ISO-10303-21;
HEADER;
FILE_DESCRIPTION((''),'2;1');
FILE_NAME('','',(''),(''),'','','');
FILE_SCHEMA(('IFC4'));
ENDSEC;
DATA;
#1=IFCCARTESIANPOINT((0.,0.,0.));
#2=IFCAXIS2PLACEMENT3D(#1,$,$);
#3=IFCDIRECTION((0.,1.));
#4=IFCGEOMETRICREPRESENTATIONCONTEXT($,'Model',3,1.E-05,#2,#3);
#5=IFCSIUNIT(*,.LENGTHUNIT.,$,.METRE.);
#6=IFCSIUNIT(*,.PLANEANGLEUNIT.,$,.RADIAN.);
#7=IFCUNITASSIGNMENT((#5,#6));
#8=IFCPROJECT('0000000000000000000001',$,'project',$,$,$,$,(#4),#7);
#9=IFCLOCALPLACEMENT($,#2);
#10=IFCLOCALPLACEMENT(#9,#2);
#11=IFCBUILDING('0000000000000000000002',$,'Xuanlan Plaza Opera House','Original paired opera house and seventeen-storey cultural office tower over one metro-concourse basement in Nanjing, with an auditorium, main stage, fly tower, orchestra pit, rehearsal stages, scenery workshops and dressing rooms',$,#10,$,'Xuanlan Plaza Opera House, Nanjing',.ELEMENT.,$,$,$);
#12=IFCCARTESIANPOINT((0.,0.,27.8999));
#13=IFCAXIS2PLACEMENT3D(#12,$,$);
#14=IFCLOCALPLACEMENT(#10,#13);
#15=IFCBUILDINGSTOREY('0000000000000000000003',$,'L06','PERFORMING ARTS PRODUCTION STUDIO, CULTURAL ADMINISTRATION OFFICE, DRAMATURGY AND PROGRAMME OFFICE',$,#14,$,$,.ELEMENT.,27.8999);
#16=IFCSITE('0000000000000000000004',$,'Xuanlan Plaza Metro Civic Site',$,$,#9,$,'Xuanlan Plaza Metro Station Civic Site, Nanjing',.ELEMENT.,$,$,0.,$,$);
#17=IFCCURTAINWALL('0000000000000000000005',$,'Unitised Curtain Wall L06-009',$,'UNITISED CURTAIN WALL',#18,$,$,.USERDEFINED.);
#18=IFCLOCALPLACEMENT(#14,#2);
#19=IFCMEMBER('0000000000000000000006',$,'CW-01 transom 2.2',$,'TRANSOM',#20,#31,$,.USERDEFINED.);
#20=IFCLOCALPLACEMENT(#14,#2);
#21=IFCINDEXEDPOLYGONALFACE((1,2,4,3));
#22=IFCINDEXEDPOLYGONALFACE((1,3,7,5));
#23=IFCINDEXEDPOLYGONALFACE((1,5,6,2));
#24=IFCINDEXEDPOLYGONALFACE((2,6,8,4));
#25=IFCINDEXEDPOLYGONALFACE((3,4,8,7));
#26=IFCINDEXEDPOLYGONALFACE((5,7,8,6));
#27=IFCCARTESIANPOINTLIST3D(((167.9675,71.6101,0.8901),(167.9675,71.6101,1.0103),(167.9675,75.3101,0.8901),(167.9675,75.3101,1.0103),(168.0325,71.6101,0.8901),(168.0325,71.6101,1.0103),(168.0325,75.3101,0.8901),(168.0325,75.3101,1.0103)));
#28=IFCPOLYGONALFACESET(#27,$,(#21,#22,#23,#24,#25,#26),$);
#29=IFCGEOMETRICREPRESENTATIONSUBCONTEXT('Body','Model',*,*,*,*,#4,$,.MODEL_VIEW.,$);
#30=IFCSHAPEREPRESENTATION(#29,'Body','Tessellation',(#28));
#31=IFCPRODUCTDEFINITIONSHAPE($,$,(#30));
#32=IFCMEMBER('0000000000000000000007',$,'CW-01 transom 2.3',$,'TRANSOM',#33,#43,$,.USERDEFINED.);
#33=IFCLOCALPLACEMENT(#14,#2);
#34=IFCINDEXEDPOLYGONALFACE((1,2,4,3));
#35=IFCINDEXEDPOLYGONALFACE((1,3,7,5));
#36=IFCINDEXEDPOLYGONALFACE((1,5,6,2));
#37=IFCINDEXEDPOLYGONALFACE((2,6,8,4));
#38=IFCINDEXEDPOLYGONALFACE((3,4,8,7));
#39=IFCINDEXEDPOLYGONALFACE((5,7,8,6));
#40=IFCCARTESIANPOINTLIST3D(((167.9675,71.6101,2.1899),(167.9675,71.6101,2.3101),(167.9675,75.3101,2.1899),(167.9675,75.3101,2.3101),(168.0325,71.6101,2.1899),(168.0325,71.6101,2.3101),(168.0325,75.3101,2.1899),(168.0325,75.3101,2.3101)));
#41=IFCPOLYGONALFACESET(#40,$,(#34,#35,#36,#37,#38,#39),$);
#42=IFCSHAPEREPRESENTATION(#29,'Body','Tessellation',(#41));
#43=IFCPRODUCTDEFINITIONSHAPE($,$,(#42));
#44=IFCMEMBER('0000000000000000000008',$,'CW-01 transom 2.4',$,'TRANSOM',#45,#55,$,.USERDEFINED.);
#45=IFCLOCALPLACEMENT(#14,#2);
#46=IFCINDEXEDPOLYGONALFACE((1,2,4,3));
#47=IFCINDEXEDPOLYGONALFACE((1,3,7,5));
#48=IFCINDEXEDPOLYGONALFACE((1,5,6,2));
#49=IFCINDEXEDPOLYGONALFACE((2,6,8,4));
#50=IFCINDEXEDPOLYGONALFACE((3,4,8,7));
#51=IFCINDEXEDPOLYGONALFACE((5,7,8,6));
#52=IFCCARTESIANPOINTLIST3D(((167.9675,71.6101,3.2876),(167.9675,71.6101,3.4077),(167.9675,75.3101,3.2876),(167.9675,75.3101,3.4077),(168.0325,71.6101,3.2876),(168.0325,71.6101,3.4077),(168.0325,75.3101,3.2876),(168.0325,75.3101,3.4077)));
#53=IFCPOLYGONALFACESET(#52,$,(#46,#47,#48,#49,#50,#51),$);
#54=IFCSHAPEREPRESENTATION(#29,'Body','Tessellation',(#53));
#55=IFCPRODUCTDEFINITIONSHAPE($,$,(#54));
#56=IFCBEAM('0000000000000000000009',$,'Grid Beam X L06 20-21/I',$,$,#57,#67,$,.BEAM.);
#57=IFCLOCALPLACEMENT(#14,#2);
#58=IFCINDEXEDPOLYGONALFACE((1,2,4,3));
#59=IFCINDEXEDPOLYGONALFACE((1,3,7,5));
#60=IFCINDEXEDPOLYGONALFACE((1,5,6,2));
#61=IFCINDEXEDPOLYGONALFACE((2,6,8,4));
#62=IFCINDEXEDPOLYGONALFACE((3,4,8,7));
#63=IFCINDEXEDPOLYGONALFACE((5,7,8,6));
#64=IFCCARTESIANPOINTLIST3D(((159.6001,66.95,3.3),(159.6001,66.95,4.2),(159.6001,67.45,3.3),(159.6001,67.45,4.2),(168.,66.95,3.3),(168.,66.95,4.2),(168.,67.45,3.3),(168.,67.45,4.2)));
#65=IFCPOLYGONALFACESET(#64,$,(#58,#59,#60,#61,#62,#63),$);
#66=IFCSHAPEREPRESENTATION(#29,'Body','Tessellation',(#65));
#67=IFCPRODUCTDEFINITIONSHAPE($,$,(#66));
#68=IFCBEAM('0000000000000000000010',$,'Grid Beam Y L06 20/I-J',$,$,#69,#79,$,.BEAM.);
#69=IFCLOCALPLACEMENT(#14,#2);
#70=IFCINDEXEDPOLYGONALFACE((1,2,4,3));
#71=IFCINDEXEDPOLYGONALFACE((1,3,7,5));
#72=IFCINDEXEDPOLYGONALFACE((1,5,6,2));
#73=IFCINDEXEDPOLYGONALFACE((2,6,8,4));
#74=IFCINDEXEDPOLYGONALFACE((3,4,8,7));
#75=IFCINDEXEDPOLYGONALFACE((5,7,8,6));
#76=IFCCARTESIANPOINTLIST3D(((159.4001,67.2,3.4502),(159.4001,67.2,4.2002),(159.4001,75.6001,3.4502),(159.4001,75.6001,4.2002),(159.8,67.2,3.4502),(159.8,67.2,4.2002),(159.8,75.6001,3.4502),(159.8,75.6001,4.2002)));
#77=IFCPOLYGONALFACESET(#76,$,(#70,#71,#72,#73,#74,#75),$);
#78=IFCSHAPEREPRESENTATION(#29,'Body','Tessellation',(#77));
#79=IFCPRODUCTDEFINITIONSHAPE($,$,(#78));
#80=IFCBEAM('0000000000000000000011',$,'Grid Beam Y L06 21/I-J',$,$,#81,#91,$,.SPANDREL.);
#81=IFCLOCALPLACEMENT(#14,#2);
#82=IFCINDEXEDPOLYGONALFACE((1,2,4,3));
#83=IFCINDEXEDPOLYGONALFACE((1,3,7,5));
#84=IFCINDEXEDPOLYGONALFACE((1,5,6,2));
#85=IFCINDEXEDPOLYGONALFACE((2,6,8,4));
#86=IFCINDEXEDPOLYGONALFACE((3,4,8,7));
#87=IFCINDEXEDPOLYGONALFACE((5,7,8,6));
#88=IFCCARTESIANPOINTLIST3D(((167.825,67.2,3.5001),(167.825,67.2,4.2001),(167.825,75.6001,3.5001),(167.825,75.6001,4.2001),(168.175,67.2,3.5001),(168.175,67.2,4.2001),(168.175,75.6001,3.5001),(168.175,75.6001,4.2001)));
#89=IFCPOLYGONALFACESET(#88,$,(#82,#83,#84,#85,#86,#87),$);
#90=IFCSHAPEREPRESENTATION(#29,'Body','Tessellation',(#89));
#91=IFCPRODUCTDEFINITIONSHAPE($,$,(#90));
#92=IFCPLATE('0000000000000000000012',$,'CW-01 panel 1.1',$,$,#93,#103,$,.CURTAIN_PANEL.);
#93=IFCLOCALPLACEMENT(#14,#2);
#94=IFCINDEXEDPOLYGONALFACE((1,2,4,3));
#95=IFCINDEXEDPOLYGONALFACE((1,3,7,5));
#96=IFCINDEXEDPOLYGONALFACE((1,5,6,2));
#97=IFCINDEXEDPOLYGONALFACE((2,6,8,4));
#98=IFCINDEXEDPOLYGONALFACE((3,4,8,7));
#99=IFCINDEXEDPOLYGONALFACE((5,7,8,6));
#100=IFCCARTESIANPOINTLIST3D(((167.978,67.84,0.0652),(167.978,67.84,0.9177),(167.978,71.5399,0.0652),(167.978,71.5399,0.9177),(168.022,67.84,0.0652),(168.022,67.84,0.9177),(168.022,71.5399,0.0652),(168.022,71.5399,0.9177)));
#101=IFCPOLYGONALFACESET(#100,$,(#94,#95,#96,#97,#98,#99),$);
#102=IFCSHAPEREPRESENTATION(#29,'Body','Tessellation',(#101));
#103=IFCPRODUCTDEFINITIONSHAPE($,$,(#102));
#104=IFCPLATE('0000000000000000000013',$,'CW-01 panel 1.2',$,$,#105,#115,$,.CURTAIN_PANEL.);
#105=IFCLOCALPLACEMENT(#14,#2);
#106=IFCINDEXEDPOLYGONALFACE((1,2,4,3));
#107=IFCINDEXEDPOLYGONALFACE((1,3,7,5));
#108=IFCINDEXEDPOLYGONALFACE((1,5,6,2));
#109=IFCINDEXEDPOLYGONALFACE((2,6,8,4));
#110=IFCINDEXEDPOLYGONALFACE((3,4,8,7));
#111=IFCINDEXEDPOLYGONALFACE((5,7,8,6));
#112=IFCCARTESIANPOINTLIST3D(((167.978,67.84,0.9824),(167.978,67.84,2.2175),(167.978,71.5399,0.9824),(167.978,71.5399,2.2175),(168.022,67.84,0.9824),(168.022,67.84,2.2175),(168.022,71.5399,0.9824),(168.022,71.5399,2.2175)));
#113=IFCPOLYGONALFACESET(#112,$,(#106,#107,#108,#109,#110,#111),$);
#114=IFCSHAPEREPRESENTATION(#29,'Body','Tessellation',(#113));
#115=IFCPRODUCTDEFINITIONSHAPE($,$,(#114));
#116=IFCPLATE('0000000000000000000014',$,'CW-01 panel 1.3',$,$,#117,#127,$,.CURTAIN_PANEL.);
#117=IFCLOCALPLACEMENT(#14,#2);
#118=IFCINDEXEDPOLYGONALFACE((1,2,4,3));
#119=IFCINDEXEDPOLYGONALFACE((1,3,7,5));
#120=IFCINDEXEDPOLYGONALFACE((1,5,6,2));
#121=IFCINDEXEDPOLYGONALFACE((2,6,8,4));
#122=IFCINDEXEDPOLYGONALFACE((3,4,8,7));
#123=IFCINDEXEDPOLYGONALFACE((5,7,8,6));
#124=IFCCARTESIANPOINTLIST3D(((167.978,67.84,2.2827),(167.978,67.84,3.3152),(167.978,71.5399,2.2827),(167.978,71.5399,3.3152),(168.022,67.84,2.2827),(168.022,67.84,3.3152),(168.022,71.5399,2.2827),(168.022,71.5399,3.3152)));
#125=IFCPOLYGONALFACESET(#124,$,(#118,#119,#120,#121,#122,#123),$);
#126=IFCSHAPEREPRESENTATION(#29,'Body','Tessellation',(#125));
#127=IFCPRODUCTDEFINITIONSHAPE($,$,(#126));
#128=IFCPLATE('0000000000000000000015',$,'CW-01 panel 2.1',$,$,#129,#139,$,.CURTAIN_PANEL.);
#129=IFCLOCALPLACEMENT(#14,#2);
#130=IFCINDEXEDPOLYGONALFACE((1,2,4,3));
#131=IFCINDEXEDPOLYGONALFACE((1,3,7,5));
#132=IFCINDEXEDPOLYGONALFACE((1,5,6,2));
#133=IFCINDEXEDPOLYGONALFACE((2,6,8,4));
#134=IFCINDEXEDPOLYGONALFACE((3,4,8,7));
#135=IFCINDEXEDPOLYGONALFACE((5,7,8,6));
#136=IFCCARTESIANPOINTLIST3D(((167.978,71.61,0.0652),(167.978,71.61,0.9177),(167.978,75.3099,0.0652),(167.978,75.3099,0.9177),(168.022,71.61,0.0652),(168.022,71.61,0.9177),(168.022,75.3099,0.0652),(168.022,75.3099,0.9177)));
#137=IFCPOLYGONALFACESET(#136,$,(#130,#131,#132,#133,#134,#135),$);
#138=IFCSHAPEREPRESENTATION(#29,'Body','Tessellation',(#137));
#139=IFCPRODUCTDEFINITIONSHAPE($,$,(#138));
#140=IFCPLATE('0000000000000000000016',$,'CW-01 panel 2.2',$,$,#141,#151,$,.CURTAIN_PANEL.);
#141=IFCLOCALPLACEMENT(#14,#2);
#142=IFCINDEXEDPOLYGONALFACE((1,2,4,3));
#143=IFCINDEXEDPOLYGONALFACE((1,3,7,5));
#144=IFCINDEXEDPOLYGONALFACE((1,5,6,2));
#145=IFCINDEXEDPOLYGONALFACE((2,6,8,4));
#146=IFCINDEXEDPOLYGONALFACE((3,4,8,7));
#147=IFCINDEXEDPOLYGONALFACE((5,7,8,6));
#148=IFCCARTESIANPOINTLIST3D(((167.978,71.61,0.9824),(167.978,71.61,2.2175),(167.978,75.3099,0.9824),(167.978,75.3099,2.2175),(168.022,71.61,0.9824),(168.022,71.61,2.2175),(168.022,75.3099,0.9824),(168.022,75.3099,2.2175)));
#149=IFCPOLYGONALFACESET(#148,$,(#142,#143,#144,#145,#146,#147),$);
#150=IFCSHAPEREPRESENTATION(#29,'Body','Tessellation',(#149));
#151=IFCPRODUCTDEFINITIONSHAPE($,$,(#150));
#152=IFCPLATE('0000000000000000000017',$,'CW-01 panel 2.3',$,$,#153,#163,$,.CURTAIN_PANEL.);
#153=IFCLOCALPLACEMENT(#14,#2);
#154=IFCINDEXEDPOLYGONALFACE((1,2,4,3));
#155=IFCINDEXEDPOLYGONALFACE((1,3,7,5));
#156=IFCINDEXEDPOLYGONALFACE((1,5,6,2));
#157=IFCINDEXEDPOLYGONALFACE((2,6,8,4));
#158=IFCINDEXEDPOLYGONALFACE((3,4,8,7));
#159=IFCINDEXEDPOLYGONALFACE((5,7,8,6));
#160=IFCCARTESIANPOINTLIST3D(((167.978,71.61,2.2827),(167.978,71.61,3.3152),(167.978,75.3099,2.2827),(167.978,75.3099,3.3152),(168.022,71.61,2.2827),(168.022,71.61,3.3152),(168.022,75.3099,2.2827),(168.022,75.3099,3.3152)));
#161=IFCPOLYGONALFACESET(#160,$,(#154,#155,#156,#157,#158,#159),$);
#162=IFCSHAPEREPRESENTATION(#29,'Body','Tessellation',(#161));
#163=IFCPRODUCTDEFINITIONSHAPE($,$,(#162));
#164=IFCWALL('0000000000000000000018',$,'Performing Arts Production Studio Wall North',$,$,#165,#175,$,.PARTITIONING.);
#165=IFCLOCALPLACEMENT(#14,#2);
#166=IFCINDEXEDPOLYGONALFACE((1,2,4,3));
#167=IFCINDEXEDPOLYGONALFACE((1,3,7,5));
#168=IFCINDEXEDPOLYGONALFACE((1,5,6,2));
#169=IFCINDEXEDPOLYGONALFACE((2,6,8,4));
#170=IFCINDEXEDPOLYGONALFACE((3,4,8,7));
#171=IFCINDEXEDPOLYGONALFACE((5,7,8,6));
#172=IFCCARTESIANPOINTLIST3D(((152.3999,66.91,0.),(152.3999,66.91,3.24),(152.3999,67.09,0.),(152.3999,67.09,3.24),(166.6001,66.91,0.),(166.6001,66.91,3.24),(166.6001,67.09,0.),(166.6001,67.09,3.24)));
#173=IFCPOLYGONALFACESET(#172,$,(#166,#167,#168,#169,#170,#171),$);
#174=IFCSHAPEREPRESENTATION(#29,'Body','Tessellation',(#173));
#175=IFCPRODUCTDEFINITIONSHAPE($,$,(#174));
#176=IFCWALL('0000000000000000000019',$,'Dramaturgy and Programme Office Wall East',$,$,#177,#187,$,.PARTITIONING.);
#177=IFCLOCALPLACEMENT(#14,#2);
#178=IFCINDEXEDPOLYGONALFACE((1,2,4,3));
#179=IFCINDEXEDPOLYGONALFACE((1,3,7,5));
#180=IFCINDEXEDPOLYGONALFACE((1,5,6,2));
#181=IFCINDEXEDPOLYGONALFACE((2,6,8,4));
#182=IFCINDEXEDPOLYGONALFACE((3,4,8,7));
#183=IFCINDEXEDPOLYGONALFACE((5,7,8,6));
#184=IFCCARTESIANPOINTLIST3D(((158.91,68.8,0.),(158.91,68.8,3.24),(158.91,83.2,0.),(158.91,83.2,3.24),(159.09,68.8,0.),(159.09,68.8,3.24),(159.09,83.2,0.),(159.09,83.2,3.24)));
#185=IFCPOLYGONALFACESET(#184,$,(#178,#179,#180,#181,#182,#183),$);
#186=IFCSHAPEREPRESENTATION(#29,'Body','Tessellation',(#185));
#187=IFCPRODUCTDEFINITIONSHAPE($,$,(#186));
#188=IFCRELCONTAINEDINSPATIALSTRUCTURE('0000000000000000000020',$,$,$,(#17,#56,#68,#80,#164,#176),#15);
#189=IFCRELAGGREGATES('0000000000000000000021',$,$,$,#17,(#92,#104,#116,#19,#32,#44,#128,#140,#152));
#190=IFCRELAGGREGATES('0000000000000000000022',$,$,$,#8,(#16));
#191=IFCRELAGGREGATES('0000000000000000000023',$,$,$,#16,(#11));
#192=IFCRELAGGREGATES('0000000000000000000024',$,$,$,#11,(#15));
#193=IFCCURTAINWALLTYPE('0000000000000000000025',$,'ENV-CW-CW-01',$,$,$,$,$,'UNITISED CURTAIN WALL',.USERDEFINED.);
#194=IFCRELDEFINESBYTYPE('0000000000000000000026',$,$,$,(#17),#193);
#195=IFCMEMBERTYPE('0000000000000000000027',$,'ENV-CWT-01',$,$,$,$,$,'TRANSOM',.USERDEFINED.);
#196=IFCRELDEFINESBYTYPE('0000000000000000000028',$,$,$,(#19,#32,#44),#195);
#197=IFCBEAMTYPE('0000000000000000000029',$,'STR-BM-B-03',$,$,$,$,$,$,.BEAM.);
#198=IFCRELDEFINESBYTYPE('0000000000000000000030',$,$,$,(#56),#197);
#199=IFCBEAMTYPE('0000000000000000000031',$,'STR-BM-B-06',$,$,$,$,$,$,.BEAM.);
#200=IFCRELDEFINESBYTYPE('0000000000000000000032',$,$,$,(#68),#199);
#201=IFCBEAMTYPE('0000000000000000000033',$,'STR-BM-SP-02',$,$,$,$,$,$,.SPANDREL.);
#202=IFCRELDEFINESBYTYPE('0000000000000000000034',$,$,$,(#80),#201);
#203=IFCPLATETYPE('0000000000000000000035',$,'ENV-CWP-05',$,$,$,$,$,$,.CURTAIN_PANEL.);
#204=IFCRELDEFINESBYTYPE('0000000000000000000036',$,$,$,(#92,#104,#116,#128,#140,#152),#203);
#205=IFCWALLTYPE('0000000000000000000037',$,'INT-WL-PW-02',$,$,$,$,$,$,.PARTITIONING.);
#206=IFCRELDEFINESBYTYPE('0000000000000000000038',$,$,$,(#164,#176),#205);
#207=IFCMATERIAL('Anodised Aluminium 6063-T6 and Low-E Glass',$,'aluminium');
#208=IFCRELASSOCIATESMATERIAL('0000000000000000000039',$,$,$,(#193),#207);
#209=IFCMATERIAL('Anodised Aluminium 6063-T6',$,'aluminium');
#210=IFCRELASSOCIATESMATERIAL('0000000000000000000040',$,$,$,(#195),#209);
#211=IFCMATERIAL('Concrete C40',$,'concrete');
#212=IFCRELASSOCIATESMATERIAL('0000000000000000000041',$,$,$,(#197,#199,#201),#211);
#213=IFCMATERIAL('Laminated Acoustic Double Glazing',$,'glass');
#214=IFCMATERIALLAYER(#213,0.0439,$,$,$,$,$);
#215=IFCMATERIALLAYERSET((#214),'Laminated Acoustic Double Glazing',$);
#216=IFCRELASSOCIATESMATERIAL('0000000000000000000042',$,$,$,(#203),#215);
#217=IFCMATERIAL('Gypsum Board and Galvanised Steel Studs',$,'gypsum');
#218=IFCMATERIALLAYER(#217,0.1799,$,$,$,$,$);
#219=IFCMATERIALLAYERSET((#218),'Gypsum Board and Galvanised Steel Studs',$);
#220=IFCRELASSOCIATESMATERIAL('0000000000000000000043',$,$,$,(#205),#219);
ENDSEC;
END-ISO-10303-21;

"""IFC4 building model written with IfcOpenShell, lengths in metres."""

from ifc_helpers import new_model, si_unit, direction, frame, frame_2d, origin, origin_2d, place, context, subcontext, project, spatial, rectangle, extrude, material, layer, layer_set, material_profile, profile_set, type_object, element, aggregate, save


model = new_model("IFC4")

# Units and contexts
model_context = context("Model", 3, precision=1e-05, world=origin(), true_north=direction((0.0, 1.0)))
body_context = subcontext(model_context, "Body", "Model", "MODEL_VIEW")
ifc_project = project(units=[si_unit("LENGTHUNIT", "METRE"), si_unit("PLANEANGLEUNIT", "RADIAN")], contexts=[model_context])

# Site, building, storey
site_placement = place(None, origin())
site = spatial("IfcSite", under=ifc_project, at=site_placement, Name="Xuanlan Plaza Metro Civic Site", LongName="Xuanlan Plaza Metro Station Civic Site, Nanjing", CompositionType="ELEMENT", RefElevation=0.0)
building_placement = place(site_placement, origin())
building = spatial("IfcBuilding", under=site, at=building_placement, Name="Xuanlan Plaza Opera House", Description="Original paired opera house and seventeen-storey cultural office tower over one metro-concourse basement in Nanjing, with an auditorium, main stage, fly tower, orchestra pit, rehearsal stages, scenery workshops and dressing rooms", LongName="Xuanlan Plaza Opera House, Nanjing", CompositionType="ELEMENT")
storey_placement = place(building_placement, frame((0.0, 0.0, 27.8999)))
storey = spatial("IfcBuildingStorey", under=building, at=storey_placement, Name="L06", Description="PERFORMING ARTS PRODUCTION STUDIO, CULTURAL ADMINISTRATION OFFICE, DRAMATURGY AND PROGRAMME OFFICE", CompositionType="ELEMENT", Elevation=27.8999)

# Shared definitions
ifc_material_1 = material(Name="Anodised Aluminium 6063-T6 and Low-E Glass", Category="aluminium")
ifc_material_2 = material(Name="Anodised Aluminium 6063-T6", Category="aluminium")

# Curtain wall, members
curtain_wall_type_1 = type_object("IfcCurtainWallType", Name="ENV-CW-CW-01", ElementType="UNITISED CURTAIN WALL", PredefinedType="USERDEFINED", material=ifc_material_1)
curtain_wall_1_placement = place(storey_placement, origin())
curtain_wall_1 = element("IfcCurtainWall", 1, at=curtain_wall_1_placement, inside=storey, type_object=curtain_wall_type_1, Name="Unitised Curtain Wall L06-009", ObjectType="UNITISED CURTAIN WALL", PredefinedType="USERDEFINED")
ifc_material_profile_1 = material_profile(ifc_material_2, rectangle(XDim=0.0649, YDim=0.1201, at=origin_2d()), Name="ALU-T 65x120")
ifc_profile_set_1 = profile_set([ifc_material_profile_1], Name="Anodised Aluminium 6063-T6")
member_type_1 = type_object("IfcMemberType", Name="ENV-CWT-01", ElementType="TRANSOM", PredefinedType="USERDEFINED", material=ifc_profile_set_1)
member_1_placement = place(storey_placement, frame((168.0, 71.6101, 0.9502), z_axis=(0.0, 1.0, 0.0), x_axis=(-1.0, 0.0, 0.0)))
member_1 = element("IfcMember", 2, at=member_1_placement, type_object=member_type_1, Name="CW-01 transom 2.2", ObjectType="TRANSOM", PredefinedType="USERDEFINED", context=body_context, shape_type="SweptSolid", body=[
    extrude(rectangle(XDim=0.0649, YDim=0.1201, at=origin_2d()), origin(), (0.0, 0.0, 1.0), 3.7),
])
member_2_placement = place(storey_placement, frame((168.0, 71.6101, 2.25), z_axis=(0.0, 1.0, 0.0), x_axis=(-1.0, 0.0, 0.0)))
member_2 = element("IfcMember", 3, at=member_2_placement, type_object=member_type_1, Name="CW-01 transom 2.3", ObjectType="TRANSOM", PredefinedType="USERDEFINED", context=body_context, shape_type="SweptSolid", body=[
    extrude(rectangle(XDim=0.0649, YDim=0.1201, at=origin_2d()), origin(), (0.0, 0.0, 1.0), 3.7),
])
member_3_placement = place(storey_placement, frame((168.0, 71.6101, 3.3477), z_axis=(0.0, 1.0, 0.0), x_axis=(-1.0, 0.0, 0.0)))
member_3 = element("IfcMember", 4, at=member_3_placement, type_object=member_type_1, Name="CW-01 transom 2.4", ObjectType="TRANSOM", PredefinedType="USERDEFINED", context=body_context, shape_type="SweptSolid", body=[
    extrude(rectangle(XDim=0.0649, YDim=0.1201, at=origin_2d()), origin(), (0.0, 0.0, 1.0), 3.7),
])

# Beams
ifc_material_3 = material(Name="Concrete C40", Category="concrete")
ifc_material_profile_2 = material_profile(ifc_material_3, rectangle(XDim=0.5, YDim=0.8999, at=origin_2d()), Name="RC-BM 500x900")
ifc_profile_set_2 = profile_set([ifc_material_profile_2], Name="Concrete C40")
beam_type_1 = type_object("IfcBeamType", Name="STR-BM-B-03", PredefinedType="BEAM", material=ifc_profile_set_2)
beam_1_placement = place(storey_placement, frame((159.6001, 67.2, 3.75), z_axis=(1.0, 0.0, 0.0), x_axis=(0.0, 1.0, 0.0)))
element("IfcBeam", 5, at=beam_1_placement, inside=storey, type_object=beam_type_1, Name="Grid Beam X L06 20-21/I", PredefinedType="BEAM", context=body_context, shape_type="SweptSolid", body=[
    extrude(rectangle(XDim=0.5, YDim=0.8999, at=origin_2d()), origin(), (0.0, 0.0, 1.0), 8.3999),
])
ifc_material_profile_3 = material_profile(ifc_material_3, rectangle(XDim=0.3999, YDim=0.75, at=origin_2d()), Name="RC-BM 400x750")
ifc_profile_set_3 = profile_set([ifc_material_profile_3], Name="Concrete C40")
beam_type_2 = type_object("IfcBeamType", Name="STR-BM-B-06", PredefinedType="BEAM", material=ifc_profile_set_3)
beam_2_placement = place(storey_placement, frame((159.6001, 67.2, 3.8252), z_axis=(0.0, 1.0, 0.0), x_axis=(-1.0, 0.0, 0.0)))
element("IfcBeam", 6, at=beam_2_placement, inside=storey, type_object=beam_type_2, Name="Grid Beam Y L06 20/I-J", PredefinedType="BEAM", context=body_context, shape_type="SweptSolid", body=[
    extrude(rectangle(XDim=0.3999, YDim=0.75, at=origin_2d()), origin(), (0.0, 0.0, 1.0), 8.4001),
])
ifc_material_profile_4 = material_profile(ifc_material_3, rectangle(XDim=0.3501, YDim=0.7, at=origin_2d()), Name="RC-SPD 350x700")
ifc_profile_set_4 = profile_set([ifc_material_profile_4], Name="Concrete C40")
beam_type_3 = type_object("IfcBeamType", Name="STR-BM-SP-02", PredefinedType="SPANDREL", material=ifc_profile_set_4)
beam_3_placement = place(storey_placement, frame((168.0, 67.2, 3.8501), z_axis=(0.0, 1.0, 0.0), x_axis=(-1.0, 0.0, 0.0)))
element("IfcBeam", 7, at=beam_3_placement, inside=storey, type_object=beam_type_3, Name="Grid Beam Y L06 21/I-J", PredefinedType="SPANDREL", context=body_context, shape_type="SweptSolid", body=[
    extrude(rectangle(XDim=0.3501, YDim=0.7, at=origin_2d()), origin(), (0.0, 0.0, 1.0), 8.4001),
])

# Plates
ifc_material_4 = material(Name="Laminated Acoustic Double Glazing", Category="glass")
ifc_layer_1 = layer(ifc_material_4, 0.0439)
ifc_layer_set_1 = layer_set([ifc_layer_1], Name="Laminated Acoustic Double Glazing")
plate_type = type_object("IfcPlateType", Name="ENV-CWP-05", PredefinedType="CURTAIN_PANEL", material=ifc_layer_set_1)
plate_1_placement = place(storey_placement, frame((168.0, 69.6899, 0.0652), z_axis=(0.0, 0.0, 1.0), x_axis=(0.0, 1.0, 0.0)))
plate_1 = element("IfcPlate", 8, at=plate_1_placement, type_object=plate_type, Name="CW-01 panel 1.1", PredefinedType="CURTAIN_PANEL", context=body_context, shape_type="SweptSolid", body=[
    extrude(rectangle(XDim=3.7, YDim=0.0439, at=origin_2d()), origin(), (0.0, 0.0, 1.0), 0.8525),
])
plate_2_placement = place(storey_placement, frame((168.0, 69.6899, 0.9824), z_axis=(0.0, 0.0, 1.0), x_axis=(0.0, 1.0, 0.0)))
plate_2 = element("IfcPlate", 9, at=plate_2_placement, type_object=plate_type, Name="CW-01 panel 1.2", PredefinedType="CURTAIN_PANEL", context=body_context, shape_type="SweptSolid", body=[
    extrude(rectangle(XDim=3.7, YDim=0.0439, at=origin_2d()), origin(), (0.0, 0.0, 1.0), 1.2351),
])
plate_3_placement = place(storey_placement, frame((168.0, 69.6899, 2.2827), z_axis=(0.0, 0.0, 1.0), x_axis=(0.0, 1.0, 0.0)))
plate_3 = element("IfcPlate", 10, at=plate_3_placement, type_object=plate_type, Name="CW-01 panel 1.3", PredefinedType="CURTAIN_PANEL", context=body_context, shape_type="SweptSolid", body=[
    extrude(rectangle(XDim=3.7, YDim=0.0439, at=origin_2d()), origin(), (0.0, 0.0, 1.0), 1.0325),
])
plate_4_placement = place(storey_placement, frame((168.0, 73.46, 0.0652), z_axis=(0.0, 0.0, 1.0), x_axis=(0.0, 1.0, 0.0)))
plate_4 = element("IfcPlate", 11, at=plate_4_placement, type_object=plate_type, Name="CW-01 panel 2.1", PredefinedType="CURTAIN_PANEL", context=body_context, shape_type="SweptSolid", body=[
    extrude(rectangle(XDim=3.7, YDim=0.0439, at=origin_2d()), origin(), (0.0, 0.0, 1.0), 0.8525),
])
plate_5_placement = place(storey_placement, frame((168.0, 73.46, 0.9824), z_axis=(0.0, 0.0, 1.0), x_axis=(0.0, 1.0, 0.0)))
plate_5 = element("IfcPlate", 12, at=plate_5_placement, type_object=plate_type, Name="CW-01 panel 2.2", PredefinedType="CURTAIN_PANEL", context=body_context, shape_type="SweptSolid", body=[
    extrude(rectangle(XDim=3.7, YDim=0.0439, at=origin_2d()), origin(), (0.0, 0.0, 1.0), 1.2351),
])
plate_6_placement = place(storey_placement, frame((168.0, 73.46, 2.2827), z_axis=(0.0, 0.0, 1.0), x_axis=(0.0, 1.0, 0.0)))
plate_6 = element("IfcPlate", 13, at=plate_6_placement, type_object=plate_type, Name="CW-01 panel 2.3", PredefinedType="CURTAIN_PANEL", context=body_context, shape_type="SweptSolid", body=[
    extrude(rectangle(XDim=3.7, YDim=0.0439, at=origin_2d()), origin(), (0.0, 0.0, 1.0), 1.0325),
])
aggregate(curtain_wall_1, [plate_1, plate_2, plate_3, member_1, member_2, member_3, plate_4, plate_5, plate_6])

# Walls
ifc_material_5 = material(Name="Gypsum Board and Galvanised Steel Studs", Category="gypsum")
ifc_layer_2 = layer(ifc_material_5, 0.1799)
ifc_layer_set_2 = layer_set([ifc_layer_2], Name="Gypsum Board and Galvanised Steel Studs")
wall_type = type_object("IfcWallType", Name="INT-WL-PW-02", PredefinedType="PARTITIONING", material=ifc_layer_set_2)
wall_1_placement = place(storey_placement, frame((152.3999, 67.0, 0.0), z_axis=(0.0, 0.0, 1.0), x_axis=(1.0, 0.0, 0.0)))
element("IfcWall", 14, at=wall_1_placement, inside=storey, type_object=wall_type, Name="Performing Arts Production Studio Wall North", PredefinedType="PARTITIONING", context=body_context, shape_type="SweptSolid", body=[
    extrude(rectangle(XDim=14.2002, YDim=0.1799, at=frame_2d((7.1001, 0.0))), origin(), (0.0, 0.0, 1.0), 3.24),
])
wall_2_placement = place(storey_placement, frame((159.0, 68.8, 0.0), z_axis=(0.0, 0.0, 1.0), x_axis=(0.0, 1.0, 0.0)))
element("IfcWall", 15, at=wall_2_placement, inside=storey, type_object=wall_type, Name="Dramaturgy and Programme Office Wall East", PredefinedType="PARTITIONING", context=body_context, shape_type="SweptSolid", body=[
    extrude(rectangle(XDim=14.3999, YDim=0.1799, at=frame_2d((7.2, 0.0))), origin(), (0.0, 0.0, 1.0), 3.24),
])

save(model, "model.ifc")
